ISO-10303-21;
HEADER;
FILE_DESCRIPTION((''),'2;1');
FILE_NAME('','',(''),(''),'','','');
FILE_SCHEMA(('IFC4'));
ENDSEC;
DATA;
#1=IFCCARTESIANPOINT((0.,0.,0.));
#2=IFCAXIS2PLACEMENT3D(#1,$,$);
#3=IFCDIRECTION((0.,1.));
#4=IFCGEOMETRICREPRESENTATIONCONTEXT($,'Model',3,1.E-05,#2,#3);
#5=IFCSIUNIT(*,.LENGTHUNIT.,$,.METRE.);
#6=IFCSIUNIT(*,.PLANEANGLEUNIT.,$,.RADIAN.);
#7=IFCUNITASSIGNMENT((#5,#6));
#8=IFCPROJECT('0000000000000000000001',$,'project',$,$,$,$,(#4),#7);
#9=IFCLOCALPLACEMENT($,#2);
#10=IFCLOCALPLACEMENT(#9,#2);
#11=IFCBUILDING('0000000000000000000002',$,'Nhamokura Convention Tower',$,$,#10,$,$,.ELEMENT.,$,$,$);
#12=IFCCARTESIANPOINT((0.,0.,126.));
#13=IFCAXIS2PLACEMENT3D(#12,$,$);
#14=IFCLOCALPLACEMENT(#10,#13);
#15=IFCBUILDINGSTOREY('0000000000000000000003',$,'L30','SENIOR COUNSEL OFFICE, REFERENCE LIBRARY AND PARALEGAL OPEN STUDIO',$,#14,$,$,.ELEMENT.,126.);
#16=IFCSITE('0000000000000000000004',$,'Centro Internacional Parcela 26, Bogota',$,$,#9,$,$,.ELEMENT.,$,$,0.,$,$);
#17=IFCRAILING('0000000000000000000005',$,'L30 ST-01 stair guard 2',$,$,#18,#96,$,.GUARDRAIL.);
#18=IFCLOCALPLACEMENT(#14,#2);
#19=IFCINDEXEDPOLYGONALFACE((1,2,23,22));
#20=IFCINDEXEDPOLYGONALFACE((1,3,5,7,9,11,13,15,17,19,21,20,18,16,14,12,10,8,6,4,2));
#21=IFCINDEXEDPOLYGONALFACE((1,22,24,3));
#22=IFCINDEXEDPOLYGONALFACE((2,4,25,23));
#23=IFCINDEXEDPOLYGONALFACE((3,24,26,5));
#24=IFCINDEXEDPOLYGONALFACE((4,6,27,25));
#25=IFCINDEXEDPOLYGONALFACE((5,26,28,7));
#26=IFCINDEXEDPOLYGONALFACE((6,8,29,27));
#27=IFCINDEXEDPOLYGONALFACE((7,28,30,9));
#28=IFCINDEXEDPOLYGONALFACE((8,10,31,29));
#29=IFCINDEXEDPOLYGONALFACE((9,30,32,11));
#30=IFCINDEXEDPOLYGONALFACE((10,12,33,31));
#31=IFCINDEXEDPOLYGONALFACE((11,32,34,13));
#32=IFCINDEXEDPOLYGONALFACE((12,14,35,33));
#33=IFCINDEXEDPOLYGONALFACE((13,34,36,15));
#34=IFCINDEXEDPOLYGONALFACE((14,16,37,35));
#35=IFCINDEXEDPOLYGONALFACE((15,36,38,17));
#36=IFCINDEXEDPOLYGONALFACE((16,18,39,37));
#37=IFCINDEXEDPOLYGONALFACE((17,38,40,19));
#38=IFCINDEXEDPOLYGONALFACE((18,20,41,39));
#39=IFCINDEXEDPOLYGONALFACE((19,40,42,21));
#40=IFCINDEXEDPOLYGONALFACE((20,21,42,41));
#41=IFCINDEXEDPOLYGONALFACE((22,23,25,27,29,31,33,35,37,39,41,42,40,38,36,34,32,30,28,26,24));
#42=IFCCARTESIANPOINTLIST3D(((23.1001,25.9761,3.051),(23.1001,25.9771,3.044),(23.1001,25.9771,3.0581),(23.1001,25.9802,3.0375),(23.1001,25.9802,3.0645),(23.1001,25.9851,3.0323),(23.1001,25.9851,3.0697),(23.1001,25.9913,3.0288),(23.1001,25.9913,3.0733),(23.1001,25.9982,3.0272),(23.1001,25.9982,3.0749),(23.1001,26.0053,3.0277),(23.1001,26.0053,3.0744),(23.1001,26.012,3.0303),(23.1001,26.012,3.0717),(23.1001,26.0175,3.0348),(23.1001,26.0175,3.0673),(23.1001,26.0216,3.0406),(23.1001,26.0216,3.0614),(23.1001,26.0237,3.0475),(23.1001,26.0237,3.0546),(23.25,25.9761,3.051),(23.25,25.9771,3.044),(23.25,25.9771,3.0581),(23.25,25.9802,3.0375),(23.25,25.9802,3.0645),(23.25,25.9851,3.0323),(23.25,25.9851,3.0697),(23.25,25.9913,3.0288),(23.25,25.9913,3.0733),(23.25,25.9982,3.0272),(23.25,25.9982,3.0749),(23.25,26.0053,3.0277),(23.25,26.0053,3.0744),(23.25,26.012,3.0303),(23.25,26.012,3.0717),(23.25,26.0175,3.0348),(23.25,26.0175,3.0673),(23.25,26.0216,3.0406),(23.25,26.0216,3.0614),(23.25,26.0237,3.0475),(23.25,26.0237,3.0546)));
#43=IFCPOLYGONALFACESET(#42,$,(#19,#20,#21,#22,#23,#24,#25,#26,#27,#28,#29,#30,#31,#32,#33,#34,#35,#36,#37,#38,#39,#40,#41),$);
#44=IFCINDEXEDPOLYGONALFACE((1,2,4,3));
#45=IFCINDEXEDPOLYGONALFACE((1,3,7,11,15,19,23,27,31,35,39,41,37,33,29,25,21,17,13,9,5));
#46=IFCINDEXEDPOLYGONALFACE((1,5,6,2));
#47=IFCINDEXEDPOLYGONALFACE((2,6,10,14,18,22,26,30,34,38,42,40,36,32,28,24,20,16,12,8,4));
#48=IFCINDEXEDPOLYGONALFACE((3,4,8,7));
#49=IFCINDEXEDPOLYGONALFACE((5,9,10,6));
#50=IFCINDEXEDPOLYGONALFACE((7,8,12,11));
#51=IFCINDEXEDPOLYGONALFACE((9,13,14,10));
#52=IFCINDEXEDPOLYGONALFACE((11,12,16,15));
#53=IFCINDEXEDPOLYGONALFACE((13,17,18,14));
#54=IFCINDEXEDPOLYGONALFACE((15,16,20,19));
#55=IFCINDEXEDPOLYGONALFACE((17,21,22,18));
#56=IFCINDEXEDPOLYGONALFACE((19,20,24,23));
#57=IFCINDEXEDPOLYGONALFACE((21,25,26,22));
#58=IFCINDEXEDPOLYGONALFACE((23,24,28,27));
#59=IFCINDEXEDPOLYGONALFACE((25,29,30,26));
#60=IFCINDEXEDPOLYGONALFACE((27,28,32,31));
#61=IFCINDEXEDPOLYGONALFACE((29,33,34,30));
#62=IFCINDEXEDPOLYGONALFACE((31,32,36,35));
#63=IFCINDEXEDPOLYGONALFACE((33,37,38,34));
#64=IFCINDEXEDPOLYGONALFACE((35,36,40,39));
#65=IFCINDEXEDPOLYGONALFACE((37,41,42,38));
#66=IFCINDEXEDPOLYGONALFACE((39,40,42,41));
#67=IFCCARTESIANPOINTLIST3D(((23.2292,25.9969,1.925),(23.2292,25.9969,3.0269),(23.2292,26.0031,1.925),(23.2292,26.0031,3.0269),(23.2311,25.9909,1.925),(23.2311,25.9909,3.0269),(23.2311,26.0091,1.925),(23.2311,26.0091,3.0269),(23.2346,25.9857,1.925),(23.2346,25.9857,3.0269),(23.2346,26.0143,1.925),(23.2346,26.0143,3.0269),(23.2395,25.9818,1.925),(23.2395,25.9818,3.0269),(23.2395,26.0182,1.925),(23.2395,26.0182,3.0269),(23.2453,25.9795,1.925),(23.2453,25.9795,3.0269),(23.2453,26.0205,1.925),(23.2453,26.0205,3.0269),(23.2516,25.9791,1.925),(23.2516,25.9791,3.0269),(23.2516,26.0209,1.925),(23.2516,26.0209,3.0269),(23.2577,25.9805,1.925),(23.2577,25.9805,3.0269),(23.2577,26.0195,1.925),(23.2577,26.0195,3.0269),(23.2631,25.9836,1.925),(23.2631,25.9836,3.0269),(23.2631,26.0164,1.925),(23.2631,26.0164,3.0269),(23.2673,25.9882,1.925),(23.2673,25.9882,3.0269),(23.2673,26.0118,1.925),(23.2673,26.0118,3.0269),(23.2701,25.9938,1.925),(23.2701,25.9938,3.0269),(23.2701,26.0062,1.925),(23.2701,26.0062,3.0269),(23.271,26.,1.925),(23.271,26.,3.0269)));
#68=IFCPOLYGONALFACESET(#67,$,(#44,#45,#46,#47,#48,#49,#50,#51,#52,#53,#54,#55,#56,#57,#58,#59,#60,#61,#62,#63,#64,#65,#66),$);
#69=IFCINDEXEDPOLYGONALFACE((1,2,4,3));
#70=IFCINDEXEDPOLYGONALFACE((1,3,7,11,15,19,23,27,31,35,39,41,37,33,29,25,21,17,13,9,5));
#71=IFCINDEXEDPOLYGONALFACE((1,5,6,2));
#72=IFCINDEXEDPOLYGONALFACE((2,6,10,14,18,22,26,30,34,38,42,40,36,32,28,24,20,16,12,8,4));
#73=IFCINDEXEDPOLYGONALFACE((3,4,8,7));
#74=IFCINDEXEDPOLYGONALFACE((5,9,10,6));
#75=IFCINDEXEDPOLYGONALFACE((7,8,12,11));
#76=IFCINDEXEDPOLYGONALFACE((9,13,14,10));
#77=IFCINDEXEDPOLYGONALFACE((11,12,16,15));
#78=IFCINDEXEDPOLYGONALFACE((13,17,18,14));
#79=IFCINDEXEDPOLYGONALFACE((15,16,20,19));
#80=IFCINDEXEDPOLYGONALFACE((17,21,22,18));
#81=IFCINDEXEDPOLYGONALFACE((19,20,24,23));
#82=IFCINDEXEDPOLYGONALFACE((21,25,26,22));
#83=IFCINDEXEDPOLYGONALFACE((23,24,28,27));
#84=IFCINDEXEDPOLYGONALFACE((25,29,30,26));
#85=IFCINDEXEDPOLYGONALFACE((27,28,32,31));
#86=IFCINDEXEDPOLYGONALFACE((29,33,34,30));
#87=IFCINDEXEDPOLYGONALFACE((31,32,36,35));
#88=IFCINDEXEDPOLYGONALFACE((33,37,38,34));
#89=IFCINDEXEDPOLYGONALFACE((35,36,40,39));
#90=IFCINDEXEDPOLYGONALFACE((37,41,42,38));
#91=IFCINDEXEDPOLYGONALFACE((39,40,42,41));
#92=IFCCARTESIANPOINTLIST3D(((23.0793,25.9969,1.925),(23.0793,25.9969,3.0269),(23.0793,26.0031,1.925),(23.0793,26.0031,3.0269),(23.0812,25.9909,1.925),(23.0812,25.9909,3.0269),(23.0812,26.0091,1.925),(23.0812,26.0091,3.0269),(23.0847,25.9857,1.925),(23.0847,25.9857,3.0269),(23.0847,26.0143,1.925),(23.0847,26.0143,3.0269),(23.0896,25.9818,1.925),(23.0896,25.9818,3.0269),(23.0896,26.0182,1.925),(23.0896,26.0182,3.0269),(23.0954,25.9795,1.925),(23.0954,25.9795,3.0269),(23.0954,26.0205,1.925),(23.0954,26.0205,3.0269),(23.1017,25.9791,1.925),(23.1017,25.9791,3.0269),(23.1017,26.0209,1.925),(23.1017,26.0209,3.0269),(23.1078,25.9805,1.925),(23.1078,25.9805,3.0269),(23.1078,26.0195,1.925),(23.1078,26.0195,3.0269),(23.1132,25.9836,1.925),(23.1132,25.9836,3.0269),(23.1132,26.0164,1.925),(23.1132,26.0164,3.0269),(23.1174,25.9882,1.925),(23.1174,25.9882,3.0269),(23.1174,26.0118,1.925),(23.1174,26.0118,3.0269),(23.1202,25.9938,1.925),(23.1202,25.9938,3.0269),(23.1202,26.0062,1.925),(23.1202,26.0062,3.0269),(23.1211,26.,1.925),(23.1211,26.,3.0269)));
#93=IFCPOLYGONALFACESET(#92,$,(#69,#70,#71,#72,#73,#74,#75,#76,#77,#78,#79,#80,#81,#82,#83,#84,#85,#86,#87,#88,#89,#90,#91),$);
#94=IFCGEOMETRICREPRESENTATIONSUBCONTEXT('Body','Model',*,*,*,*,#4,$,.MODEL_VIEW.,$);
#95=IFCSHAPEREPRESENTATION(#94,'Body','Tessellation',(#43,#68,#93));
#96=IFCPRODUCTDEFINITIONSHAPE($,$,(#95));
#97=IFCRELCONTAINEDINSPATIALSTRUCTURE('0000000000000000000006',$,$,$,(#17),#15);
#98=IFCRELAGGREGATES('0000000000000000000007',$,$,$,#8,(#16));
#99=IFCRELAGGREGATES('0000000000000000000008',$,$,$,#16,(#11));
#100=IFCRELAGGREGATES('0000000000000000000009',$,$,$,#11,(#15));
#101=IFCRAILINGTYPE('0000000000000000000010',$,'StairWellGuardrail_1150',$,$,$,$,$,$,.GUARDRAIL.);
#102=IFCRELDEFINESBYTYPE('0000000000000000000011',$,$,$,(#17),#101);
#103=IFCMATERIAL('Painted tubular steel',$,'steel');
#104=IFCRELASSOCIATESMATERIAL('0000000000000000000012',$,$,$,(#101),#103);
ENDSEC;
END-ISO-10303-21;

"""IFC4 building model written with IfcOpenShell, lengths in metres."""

from ifc_helpers import new_model, si_unit, direction, frame, origin, origin_2d, place, context, subcontext, project, spatial, circle, extrude, material, type_object, element, save


model = new_model("IFC4")

# Units and contexts
model_context = context("Model", 3, precision=1e-05, world=origin(), true_north=direction((0.0, 1.0)))
body_context = subcontext(model_context, "Body", "Model", "MODEL_VIEW")
ifc_project = project(units=[si_unit("LENGTHUNIT", "METRE"), si_unit("PLANEANGLEUNIT", "RADIAN")], contexts=[model_context])

# Site, building, storey
site_placement = place(None, origin())
site = spatial("IfcSite", under=ifc_project, at=site_placement, Name="Centro Internacional Parcela 26, Bogota", CompositionType="ELEMENT", RefElevation=0.0)
building_placement = place(site_placement, origin())
building = spatial("IfcBuilding", under=site, at=building_placement, Name="Nhamokura Convention Tower", CompositionType="ELEMENT")
storey_placement = place(building_placement, frame((0.0, 0.0, 126.0)))
storey = spatial("IfcBuildingStorey", under=building, at=storey_placement, Name="L30", Description="SENIOR COUNSEL OFFICE, REFERENCE LIBRARY AND PARALEGAL OPEN STUDIO", CompositionType="ELEMENT", Elevation=126.0)

# Railing
ifc_material_1 = material(Name="Painted tubular steel", Category="steel")
railing_type_1 = type_object("IfcRailingType", Name="StairWellGuardrail_1150", PredefinedType="GUARDRAIL", material=ifc_material_1)
railing_1_placement = place(storey_placement, frame((23.25, 26.0, 1.925)))
element("IfcRailing", 1, at=railing_1_placement, inside=storey, type_object=railing_type_1, Name="L30 ST-01 stair guard 2", PredefinedType="GUARDRAIL", context=body_context, shape_type="SweptSolid", body=[
    extrude(circle(Radius=0.0239, at=origin_2d()), frame((0.0, 0.0, 1.126), z_axis=(-1.0, 0.0, 0.0), x_axis=(0.0, -1.0, 0.0)), (0.0, 0.0, 1.0), 0.1499),
    extrude(circle(Radius=0.021, at=origin_2d()), origin(), (0.0, 0.0, 1.0), 1.1018),
    extrude(circle(Radius=0.021, at=origin_2d()), frame((-0.1499, 0.0, 0.0)), (0.0, 0.0, 1.0), 1.1018),
])

save(model, "model.ifc")
